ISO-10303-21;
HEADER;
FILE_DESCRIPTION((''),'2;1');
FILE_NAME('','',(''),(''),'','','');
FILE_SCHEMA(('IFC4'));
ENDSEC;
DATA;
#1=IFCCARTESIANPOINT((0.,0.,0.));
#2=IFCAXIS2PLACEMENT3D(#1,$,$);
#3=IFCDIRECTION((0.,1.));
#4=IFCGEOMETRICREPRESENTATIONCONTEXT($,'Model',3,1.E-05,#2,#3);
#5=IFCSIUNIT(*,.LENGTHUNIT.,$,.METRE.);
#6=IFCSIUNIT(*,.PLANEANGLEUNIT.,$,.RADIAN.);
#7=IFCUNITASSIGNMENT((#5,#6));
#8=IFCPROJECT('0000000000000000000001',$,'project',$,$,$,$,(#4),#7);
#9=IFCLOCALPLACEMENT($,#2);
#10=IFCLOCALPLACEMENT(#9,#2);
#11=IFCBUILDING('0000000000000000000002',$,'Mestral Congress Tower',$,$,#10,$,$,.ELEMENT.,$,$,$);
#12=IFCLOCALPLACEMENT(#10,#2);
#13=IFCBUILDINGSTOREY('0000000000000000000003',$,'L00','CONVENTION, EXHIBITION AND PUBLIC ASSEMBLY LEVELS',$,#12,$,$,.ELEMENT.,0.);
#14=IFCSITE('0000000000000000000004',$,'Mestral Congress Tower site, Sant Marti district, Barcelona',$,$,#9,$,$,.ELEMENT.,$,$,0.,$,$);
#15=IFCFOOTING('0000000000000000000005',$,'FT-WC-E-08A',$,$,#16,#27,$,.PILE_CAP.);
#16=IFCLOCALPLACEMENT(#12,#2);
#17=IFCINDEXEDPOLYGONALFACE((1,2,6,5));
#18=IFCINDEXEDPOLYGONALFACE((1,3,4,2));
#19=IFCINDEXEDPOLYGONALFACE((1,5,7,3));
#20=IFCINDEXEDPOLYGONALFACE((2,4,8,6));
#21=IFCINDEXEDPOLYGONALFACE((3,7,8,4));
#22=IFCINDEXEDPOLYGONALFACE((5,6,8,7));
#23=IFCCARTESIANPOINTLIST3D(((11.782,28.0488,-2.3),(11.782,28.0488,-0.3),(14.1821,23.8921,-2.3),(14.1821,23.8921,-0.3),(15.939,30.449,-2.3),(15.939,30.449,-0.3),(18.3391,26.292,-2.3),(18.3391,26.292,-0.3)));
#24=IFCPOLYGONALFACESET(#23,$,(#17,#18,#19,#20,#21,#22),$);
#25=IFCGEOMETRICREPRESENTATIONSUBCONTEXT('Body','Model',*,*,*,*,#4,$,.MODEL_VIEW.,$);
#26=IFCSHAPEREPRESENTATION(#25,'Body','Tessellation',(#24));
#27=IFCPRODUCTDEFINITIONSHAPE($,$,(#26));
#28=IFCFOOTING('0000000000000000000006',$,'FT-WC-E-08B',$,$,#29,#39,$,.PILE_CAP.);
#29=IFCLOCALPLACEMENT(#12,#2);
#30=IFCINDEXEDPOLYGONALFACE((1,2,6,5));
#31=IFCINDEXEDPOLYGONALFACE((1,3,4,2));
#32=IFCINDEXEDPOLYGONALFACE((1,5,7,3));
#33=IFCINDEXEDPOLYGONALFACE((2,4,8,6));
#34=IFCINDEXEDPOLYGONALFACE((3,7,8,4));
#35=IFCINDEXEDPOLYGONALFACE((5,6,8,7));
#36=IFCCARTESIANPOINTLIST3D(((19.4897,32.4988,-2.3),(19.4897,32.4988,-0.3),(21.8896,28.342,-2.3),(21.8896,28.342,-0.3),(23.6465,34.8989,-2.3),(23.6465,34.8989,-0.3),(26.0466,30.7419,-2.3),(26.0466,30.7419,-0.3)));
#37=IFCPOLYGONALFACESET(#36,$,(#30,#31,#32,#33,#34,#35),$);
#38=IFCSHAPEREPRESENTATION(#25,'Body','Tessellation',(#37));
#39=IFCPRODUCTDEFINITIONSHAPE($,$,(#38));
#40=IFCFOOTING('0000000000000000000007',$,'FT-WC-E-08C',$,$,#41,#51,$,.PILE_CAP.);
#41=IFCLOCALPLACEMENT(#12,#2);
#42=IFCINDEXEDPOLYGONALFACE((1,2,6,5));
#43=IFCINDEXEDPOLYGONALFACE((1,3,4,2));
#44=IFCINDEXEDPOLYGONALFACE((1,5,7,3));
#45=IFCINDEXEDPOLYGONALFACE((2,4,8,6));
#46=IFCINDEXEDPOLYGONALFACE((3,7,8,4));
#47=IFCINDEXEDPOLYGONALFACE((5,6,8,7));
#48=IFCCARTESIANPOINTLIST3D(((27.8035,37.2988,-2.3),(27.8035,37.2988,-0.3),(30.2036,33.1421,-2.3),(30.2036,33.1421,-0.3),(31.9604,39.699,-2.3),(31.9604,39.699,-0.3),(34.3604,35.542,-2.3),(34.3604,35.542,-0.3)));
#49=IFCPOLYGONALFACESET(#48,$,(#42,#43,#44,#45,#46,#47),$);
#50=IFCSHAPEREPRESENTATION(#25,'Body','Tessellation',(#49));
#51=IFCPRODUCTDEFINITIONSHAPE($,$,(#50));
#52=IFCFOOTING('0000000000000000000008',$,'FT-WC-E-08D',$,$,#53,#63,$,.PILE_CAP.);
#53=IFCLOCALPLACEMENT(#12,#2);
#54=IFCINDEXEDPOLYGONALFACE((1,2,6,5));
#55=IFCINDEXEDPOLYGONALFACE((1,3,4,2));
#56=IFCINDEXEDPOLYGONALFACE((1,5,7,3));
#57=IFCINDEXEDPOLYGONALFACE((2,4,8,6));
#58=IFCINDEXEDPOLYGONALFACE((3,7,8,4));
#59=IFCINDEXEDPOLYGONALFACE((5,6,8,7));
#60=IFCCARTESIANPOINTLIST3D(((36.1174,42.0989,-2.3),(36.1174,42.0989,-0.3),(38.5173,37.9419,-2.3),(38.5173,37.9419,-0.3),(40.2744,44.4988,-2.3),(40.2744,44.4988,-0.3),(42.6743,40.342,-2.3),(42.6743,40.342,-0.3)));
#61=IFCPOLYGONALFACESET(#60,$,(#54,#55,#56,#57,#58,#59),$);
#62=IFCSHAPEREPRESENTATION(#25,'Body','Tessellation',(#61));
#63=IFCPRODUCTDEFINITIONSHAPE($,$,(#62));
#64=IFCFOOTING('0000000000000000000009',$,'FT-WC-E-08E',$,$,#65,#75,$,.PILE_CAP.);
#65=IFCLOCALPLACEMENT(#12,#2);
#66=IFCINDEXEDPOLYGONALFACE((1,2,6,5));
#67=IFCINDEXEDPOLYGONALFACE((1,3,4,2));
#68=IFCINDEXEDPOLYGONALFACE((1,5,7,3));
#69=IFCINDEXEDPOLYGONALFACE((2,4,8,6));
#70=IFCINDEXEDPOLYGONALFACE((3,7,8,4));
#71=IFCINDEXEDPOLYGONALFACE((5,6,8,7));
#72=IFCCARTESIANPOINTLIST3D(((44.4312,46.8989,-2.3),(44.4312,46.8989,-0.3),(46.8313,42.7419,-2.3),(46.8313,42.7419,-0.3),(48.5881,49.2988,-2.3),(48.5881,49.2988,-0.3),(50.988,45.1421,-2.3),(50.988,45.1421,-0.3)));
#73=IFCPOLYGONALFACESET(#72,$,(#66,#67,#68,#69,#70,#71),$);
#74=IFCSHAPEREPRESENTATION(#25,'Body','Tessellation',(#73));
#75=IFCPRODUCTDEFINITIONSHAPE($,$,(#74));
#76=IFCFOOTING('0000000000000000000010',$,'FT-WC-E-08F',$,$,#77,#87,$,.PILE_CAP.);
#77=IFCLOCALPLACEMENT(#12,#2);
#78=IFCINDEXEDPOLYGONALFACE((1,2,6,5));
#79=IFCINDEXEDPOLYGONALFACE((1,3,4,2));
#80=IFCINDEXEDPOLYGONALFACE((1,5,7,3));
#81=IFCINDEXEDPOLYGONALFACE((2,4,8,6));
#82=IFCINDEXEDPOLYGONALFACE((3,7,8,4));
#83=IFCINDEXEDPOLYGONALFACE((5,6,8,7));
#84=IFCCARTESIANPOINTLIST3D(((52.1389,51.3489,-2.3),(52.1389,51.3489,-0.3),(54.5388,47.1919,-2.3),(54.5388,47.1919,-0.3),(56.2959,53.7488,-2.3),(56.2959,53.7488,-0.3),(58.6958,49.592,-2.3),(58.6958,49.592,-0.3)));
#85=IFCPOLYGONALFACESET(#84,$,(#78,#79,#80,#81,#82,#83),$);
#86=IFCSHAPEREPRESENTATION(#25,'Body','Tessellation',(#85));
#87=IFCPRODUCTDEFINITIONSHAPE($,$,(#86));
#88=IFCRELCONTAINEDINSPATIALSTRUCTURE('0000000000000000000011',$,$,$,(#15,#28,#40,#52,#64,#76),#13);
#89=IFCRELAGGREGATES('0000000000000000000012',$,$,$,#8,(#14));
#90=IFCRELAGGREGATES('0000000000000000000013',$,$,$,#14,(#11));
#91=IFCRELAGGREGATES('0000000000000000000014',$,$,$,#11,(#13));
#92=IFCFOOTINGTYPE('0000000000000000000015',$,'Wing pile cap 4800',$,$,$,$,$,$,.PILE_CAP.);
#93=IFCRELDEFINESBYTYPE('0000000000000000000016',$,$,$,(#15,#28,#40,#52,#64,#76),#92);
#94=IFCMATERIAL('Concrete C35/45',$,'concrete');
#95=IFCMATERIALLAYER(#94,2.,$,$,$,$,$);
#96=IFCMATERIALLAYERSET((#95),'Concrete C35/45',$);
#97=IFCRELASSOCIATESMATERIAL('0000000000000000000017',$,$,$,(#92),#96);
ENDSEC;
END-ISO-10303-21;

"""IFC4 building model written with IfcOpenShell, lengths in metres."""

from ifc_helpers import new_model, si_unit, direction, frame, origin, place, context, subcontext, project, spatial, polyline, outline, extrude, material, layer, layer_set, type_object, element, save


model = new_model("IFC4")

# Units and contexts
model_context = context("Model", 3, precision=1e-05, world=origin(), true_north=direction((0.0, 1.0)))
body_context = subcontext(model_context, "Body", "Model", "MODEL_VIEW")
ifc_project = project(units=[si_unit("LENGTHUNIT", "METRE"), si_unit("PLANEANGLEUNIT", "RADIAN")], contexts=[model_context])

# Site, building, storey
site_placement = place(None, origin())
site = spatial("IfcSite", under=ifc_project, at=site_placement, Name="Mestral Congress Tower site, Sant Marti district, Barcelona", CompositionType="ELEMENT", RefElevation=0.0)
building_placement = place(site_placement, origin())
building = spatial("IfcBuilding", under=site, at=building_placement, Name="Mestral Congress Tower", CompositionType="ELEMENT")
storey_placement = place(building_placement, origin())
storey = spatial("IfcBuildingStorey", under=building, at=storey_placement, Name="L00", Description="CONVENTION, EXHIBITION AND PUBLIC ASSEMBLY LEVELS", CompositionType="ELEMENT", Elevation=0.0)

# Footings
ifc_material = material(Name="Concrete C35/45", Category="concrete")
ifc_layer = layer(ifc_material, 2.0)
ifc_layer_set = layer_set([ifc_layer], Name="Concrete C35/45")
footing_type = type_object("IfcFootingType", Name="Wing pile cap 4800", PredefinedType="PILE_CAP", material=ifc_layer_set)
placement = place(storey_placement, frame((0.0, 0.0, -2.3)))
element("IfcFooting", 1, at=placement, inside=storey, type_object=footing_type, Name="FT-WC-E-08A", PredefinedType="PILE_CAP", context=body_context, shape_type="SweptSolid", body=[
    extrude(outline(polyline([(14.1821, 23.8921), (18.3391, 26.292), (15.939, 30.449), (11.782, 28.0488), (14.1821, 23.8921)])), origin(), (0.0, 0.0, 1.0), 2.0),
])
element("IfcFooting", 2, at=placement, inside=storey, type_object=footing_type, Name="FT-WC-E-08B", PredefinedType="PILE_CAP", context=body_context, shape_type="SweptSolid", body=[
    extrude(outline(polyline([(21.8896, 28.342), (26.0466, 30.7419), (23.6465, 34.8989), (19.4897, 32.4988), (21.8896, 28.342)])), origin(), (0.0, 0.0, 1.0), 2.0),
])
element("IfcFooting", 3, at=placement, inside=storey, type_object=footing_type, Name="FT-WC-E-08C", PredefinedType="PILE_CAP", context=body_context, shape_type="SweptSolid", body=[
    extrude(outline(polyline([(30.2036, 33.1421), (34.3604, 35.542), (31.9604, 39.699), (27.8035, 37.2988), (30.2036, 33.1421)])), origin(), (0.0, 0.0, 1.0), 2.0),
])
element("IfcFooting", 4, at=placement, inside=storey, type_object=footing_type, Name="FT-WC-E-08D", PredefinedType="PILE_CAP", context=body_context, shape_type="SweptSolid", body=[
    extrude(outline(polyline([(38.5173, 37.9419), (42.6743, 40.342), (40.2744, 44.4988), (36.1174, 42.0989), (38.5173, 37.9419)])), origin(), (0.0, 0.0, 1.0), 2.0),
])
element("IfcFooting", 5, at=placement, inside=storey, type_object=footing_type, Name="FT-WC-E-08E", PredefinedType="PILE_CAP", context=body_context, shape_type="SweptSolid", body=[
    extrude(outline(polyline([(46.8313, 42.7419), (50.988, 45.1421), (48.5881, 49.2988), (44.4312, 46.8989), (46.8313, 42.7419)])), origin(), (0.0, 0.0, 1.0), 2.0),
])
element("IfcFooting", 6, at=placement, inside=storey, type_object=footing_type, Name="FT-WC-E-08F", PredefinedType="PILE_CAP", context=body_context, shape_type="SweptSolid", body=[
    extrude(outline(polyline([(54.5388, 47.1919), (58.6958, 49.592), (56.2959, 53.7488), (52.1389, 51.3489), (54.5388, 47.1919)])), origin(), (0.0, 0.0, 1.0), 2.0),
])

save(model, "model.ifc")
